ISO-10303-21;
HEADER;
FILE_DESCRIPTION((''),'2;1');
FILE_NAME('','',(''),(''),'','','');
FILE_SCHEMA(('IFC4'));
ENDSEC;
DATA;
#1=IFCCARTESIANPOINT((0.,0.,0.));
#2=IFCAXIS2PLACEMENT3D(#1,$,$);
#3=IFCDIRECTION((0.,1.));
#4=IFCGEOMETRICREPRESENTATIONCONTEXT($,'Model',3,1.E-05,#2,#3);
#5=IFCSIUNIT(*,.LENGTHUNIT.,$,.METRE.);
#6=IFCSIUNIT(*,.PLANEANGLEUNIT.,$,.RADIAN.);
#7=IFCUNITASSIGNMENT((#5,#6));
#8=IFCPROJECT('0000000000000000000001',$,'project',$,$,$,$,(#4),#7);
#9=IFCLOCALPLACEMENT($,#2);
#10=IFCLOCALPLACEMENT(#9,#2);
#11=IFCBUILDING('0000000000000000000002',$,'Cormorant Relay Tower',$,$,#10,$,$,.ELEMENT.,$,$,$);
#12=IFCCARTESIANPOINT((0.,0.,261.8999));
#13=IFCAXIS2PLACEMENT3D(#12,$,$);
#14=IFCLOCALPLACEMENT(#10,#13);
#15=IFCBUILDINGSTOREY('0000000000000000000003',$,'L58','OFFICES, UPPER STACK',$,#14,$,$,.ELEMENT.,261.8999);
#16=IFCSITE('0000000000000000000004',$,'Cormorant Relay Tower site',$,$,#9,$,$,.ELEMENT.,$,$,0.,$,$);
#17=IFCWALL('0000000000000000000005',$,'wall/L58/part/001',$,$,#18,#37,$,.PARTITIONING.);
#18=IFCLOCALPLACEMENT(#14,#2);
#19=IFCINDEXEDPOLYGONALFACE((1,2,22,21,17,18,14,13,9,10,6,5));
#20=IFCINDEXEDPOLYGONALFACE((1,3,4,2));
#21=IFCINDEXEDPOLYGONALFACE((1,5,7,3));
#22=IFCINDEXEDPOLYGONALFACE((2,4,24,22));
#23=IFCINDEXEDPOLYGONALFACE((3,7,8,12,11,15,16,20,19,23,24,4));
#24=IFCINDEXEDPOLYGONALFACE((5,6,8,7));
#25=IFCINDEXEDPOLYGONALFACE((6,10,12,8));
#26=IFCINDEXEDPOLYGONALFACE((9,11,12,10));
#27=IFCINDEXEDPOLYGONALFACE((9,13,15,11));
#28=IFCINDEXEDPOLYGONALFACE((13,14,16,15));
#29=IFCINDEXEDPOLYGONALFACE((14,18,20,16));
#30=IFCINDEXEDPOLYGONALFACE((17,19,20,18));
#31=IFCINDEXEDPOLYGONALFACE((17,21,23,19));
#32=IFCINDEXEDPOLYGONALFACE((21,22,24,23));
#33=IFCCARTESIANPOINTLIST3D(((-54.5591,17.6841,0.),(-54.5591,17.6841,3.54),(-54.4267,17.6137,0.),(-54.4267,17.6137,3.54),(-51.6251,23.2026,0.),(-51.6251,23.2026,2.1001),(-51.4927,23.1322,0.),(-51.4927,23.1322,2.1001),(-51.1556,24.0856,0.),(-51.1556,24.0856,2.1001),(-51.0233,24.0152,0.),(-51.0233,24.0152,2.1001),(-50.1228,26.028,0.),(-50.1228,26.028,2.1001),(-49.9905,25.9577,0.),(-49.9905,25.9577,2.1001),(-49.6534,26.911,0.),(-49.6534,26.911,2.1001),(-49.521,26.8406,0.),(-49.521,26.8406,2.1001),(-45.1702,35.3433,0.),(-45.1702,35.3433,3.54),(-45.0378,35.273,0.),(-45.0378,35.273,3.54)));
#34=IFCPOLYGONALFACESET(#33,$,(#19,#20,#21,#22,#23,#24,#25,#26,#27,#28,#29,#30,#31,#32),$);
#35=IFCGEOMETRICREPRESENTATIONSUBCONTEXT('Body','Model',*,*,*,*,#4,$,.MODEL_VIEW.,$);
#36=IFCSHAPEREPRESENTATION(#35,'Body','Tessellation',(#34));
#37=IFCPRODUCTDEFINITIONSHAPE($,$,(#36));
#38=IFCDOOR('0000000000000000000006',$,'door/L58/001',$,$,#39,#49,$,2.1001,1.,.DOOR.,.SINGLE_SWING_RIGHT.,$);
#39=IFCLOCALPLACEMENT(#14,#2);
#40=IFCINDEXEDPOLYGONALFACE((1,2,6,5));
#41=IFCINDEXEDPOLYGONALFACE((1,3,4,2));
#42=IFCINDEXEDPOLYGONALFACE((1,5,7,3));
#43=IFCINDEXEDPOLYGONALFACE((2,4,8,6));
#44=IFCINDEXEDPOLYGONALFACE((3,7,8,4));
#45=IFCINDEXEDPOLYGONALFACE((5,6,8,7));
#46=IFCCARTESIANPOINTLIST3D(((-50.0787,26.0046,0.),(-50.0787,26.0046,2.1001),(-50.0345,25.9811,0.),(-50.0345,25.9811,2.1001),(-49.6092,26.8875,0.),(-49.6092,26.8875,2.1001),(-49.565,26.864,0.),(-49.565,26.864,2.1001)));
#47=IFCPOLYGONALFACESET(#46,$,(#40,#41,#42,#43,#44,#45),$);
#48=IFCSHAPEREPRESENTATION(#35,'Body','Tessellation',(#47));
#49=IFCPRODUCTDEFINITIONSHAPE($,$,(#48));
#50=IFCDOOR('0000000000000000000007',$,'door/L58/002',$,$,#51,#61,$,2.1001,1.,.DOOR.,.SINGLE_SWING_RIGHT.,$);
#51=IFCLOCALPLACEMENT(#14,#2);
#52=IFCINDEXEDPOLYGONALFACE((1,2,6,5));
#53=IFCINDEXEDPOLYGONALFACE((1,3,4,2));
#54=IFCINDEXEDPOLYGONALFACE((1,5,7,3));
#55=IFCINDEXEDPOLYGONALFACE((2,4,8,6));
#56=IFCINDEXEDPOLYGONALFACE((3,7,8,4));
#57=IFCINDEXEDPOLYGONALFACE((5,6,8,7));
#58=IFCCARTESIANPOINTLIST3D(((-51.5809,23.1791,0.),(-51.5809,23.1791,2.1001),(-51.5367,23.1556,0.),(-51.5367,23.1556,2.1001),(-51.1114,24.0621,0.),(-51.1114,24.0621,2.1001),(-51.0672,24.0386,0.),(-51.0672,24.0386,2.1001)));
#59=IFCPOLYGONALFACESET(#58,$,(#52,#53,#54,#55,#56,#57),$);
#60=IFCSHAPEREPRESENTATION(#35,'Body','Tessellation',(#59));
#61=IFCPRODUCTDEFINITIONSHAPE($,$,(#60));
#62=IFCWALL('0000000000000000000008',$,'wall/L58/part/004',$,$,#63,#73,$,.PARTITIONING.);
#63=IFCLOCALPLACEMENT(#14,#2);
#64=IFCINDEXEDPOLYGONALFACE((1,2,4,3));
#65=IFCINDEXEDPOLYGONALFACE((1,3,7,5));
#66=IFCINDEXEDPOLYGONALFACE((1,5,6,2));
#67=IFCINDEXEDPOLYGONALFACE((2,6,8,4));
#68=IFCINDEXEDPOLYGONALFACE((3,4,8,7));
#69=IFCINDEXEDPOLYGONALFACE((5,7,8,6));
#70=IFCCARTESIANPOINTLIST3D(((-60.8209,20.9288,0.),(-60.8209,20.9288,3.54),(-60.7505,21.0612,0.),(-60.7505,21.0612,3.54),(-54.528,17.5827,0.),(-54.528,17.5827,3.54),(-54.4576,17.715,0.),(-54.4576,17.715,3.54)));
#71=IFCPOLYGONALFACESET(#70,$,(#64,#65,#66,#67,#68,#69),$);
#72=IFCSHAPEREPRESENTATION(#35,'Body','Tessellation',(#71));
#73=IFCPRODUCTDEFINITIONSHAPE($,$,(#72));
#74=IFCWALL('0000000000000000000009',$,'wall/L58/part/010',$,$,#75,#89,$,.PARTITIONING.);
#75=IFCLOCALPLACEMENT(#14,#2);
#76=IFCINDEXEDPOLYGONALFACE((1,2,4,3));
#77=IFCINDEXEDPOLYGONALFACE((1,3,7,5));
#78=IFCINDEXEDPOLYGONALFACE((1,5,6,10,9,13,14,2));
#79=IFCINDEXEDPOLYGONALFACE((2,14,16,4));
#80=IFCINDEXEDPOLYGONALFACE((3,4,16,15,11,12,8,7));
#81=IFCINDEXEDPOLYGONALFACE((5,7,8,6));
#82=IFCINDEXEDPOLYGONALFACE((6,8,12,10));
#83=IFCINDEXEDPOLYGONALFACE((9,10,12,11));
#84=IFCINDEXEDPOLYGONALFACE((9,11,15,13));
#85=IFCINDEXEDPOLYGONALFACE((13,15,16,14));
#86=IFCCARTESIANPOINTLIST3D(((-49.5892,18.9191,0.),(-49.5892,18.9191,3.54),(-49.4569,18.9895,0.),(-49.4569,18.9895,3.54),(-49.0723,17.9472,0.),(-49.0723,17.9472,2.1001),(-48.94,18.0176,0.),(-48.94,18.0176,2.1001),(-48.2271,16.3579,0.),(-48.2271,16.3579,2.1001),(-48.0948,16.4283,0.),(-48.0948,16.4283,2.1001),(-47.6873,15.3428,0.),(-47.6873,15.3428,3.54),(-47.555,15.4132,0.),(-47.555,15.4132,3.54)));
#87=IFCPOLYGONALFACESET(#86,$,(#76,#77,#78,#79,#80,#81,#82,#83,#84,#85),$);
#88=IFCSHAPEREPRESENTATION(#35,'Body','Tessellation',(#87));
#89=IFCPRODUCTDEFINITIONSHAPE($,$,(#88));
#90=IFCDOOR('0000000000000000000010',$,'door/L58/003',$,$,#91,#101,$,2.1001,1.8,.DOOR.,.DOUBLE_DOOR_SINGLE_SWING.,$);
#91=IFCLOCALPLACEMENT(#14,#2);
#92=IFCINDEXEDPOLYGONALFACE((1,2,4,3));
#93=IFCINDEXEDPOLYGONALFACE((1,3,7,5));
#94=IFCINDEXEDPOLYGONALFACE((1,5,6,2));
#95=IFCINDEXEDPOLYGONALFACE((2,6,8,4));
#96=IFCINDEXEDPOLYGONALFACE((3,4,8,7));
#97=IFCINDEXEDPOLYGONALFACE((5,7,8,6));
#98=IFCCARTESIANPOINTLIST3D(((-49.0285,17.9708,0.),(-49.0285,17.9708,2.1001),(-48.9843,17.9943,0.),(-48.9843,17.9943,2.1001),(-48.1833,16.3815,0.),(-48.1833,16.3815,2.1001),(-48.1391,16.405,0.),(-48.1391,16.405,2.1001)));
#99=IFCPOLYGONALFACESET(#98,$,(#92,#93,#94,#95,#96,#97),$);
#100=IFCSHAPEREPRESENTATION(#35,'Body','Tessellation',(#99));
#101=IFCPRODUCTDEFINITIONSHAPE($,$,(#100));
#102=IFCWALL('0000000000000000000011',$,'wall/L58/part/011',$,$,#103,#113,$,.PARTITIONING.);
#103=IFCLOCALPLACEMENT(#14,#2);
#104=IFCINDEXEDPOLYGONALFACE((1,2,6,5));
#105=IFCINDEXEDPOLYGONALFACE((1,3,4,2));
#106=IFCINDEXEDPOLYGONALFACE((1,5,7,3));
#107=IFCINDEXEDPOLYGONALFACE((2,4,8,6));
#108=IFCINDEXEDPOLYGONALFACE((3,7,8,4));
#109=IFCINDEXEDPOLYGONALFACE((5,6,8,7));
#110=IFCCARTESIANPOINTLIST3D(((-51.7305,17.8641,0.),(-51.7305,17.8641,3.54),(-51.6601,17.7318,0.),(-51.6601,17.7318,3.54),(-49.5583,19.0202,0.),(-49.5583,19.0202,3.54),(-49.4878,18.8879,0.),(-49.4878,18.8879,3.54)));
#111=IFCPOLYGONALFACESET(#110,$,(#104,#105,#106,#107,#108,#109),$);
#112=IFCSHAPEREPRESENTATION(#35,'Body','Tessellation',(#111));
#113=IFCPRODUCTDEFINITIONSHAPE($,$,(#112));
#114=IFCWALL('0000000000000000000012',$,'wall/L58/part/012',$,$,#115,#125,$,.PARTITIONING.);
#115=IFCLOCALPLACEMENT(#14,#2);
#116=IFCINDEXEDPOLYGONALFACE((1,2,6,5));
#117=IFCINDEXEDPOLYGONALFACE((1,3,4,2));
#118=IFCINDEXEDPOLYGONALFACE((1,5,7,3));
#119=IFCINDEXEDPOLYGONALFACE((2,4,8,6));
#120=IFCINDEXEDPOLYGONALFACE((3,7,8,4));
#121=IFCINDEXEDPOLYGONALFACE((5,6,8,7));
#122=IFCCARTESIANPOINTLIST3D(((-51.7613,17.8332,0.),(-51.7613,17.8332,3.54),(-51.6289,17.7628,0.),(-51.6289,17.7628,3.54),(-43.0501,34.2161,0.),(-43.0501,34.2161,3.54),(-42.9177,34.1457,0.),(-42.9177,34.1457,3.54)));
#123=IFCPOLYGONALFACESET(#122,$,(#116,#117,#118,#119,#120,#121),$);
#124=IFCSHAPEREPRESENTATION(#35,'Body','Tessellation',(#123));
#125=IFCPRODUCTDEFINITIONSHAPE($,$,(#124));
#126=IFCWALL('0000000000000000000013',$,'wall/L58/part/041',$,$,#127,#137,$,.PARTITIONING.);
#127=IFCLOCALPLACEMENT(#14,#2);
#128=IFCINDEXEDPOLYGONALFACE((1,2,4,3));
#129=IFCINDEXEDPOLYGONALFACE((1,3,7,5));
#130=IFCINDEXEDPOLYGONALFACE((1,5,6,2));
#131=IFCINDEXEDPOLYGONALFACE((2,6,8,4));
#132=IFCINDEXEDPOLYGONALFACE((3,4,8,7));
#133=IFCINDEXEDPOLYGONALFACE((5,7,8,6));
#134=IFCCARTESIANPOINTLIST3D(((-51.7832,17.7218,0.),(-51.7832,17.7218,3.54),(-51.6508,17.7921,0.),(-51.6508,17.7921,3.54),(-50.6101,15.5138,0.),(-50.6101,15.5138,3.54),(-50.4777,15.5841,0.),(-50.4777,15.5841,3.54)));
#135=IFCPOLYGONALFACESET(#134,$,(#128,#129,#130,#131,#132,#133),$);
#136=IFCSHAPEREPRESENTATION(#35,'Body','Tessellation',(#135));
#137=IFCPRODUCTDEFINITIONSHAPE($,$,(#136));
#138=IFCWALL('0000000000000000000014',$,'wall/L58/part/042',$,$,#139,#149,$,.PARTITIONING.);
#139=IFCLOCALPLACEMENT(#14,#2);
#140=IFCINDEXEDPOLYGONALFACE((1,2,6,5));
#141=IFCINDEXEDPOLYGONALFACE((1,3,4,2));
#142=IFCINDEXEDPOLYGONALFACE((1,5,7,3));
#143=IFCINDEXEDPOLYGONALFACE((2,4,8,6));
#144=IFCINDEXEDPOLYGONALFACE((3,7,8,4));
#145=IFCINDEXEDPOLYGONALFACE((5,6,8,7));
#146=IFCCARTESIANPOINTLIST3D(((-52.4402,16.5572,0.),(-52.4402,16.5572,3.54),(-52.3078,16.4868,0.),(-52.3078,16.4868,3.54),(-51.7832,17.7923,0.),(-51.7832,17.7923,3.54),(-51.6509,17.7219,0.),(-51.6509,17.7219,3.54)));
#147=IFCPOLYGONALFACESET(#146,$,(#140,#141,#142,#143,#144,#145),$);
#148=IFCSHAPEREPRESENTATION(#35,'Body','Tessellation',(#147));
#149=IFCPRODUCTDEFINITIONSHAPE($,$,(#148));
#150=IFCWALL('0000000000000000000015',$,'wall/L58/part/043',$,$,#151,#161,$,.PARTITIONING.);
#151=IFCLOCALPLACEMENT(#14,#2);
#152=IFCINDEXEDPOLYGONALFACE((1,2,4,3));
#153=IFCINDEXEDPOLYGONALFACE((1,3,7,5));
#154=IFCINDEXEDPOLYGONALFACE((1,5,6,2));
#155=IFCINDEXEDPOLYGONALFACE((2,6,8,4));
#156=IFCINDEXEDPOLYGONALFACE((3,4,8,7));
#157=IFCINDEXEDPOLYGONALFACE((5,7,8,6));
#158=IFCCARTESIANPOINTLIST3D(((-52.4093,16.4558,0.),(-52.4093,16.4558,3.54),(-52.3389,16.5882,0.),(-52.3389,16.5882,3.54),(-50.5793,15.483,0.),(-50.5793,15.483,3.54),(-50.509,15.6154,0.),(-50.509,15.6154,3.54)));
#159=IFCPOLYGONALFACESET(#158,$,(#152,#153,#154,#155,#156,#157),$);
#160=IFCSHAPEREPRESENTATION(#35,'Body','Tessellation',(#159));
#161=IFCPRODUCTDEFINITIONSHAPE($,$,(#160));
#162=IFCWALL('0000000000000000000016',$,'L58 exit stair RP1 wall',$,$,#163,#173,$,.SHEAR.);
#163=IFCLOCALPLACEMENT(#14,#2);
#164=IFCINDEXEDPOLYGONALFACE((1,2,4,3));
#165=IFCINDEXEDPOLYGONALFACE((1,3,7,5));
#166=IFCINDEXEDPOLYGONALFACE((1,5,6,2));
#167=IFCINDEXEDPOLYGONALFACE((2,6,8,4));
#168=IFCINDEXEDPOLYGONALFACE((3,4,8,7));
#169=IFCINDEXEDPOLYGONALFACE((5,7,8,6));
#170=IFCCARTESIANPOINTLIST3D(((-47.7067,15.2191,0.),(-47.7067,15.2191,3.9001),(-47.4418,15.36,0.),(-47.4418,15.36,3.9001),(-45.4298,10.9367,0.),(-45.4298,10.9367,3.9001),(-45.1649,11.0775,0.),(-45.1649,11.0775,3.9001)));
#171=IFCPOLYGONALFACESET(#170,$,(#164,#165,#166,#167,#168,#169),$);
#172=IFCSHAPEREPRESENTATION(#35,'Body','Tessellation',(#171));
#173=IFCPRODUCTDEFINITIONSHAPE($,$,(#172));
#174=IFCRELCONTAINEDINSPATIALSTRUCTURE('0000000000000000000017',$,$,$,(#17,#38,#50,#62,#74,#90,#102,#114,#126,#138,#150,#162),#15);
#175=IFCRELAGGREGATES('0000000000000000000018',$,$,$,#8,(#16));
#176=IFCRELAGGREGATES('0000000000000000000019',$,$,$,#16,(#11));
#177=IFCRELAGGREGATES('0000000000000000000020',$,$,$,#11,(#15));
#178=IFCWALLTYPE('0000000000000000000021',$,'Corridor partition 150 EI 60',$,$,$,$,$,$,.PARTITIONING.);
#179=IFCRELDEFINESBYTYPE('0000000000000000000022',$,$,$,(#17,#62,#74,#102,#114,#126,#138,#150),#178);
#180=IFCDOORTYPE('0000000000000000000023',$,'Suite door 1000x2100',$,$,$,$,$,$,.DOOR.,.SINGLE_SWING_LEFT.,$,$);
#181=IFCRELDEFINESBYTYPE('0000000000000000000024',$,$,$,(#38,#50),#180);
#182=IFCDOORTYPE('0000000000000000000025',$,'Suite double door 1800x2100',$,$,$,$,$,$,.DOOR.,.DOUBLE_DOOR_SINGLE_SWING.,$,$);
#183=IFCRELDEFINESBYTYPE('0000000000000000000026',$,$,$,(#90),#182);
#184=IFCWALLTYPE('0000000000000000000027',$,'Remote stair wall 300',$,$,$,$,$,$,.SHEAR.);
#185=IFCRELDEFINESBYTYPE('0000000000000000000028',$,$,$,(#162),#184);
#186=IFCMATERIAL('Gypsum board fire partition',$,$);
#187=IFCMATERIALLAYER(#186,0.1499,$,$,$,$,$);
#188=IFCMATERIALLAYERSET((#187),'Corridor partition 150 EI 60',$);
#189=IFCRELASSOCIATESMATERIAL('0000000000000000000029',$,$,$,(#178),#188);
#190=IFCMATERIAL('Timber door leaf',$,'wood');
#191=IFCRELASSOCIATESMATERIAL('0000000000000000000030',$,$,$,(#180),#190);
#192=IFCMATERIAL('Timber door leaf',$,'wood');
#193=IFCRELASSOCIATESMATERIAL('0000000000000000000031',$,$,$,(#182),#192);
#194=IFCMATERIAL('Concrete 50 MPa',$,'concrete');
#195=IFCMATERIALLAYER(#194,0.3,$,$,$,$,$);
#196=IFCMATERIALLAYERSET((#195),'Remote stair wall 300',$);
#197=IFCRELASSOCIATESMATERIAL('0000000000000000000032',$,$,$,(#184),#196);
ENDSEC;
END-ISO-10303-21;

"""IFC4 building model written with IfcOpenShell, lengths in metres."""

from ifc_helpers import new_model, si_unit, direction, frame, frame_2d, origin, place, context, subcontext, project, spatial, rectangle, extrude, material, layer, layer_set, type_object, element, fill, save


model = new_model("IFC4")

# Units and contexts
model_context = context("Model", 3, precision=1e-05, world=origin(), true_north=direction((0.0, 1.0)))
body_context = subcontext(model_context, "Body", "Model", "MODEL_VIEW")
ifc_project = project(units=[si_unit("LENGTHUNIT", "METRE"), si_unit("PLANEANGLEUNIT", "RADIAN")], contexts=[model_context])

# Site, building, storey
site_placement = place(None, origin())
site = spatial("IfcSite", under=ifc_project, at=site_placement, Name="Cormorant Relay Tower site", CompositionType="ELEMENT", RefElevation=0.0)
building_placement = place(site_placement, origin())
building = spatial("IfcBuilding", under=site, at=building_placement, Name="Cormorant Relay Tower", CompositionType="ELEMENT")
storey_placement = place(building_placement, frame((0.0, 0.0, 261.8999)))
storey = spatial("IfcBuildingStorey", under=building, at=storey_placement, Name="L58", Description="OFFICES, UPPER STACK", CompositionType="ELEMENT", Elevation=261.8999)

# Wall, openings, doors
ifc_material_1 = material(Name="Gypsum board fire partition")
ifc_layer_1 = layer(ifc_material_1, 0.1499)
ifc_layer_set_1 = layer_set([ifc_layer_1], Name="Corridor partition 150 EI 60")
wall_type_1 = type_object("IfcWallType", Name="Corridor partition 150 EI 60", PredefinedType="PARTITIONING", material=ifc_layer_set_1)
wall_1_placement = place(storey_placement, frame((-54.4929, 17.6489, 0.0), z_axis=(0.0, 0.0, 1.0), x_axis=(0.469447, 0.882961, 0.0)))
wall_1 = element("IfcWall", 1, at=wall_1_placement, inside=storey, type_object=wall_type_1, Name="wall/L58/part/001", PredefinedType="PARTITIONING", context=body_context, shape_type="SweptSolid", body=[
    extrude(rectangle(XDim=20.0, YDim=0.1499, at=frame_2d((10.0, 0.0))), origin(), (0.0, 0.0, 1.0), 3.54),
])
opening_1_placement = place(wall_1_placement, frame((9.45, 0.0, 0.0)))
opening_1 = element("IfcOpeningElement", 2, at=opening_1_placement, cuts=wall_1, PredefinedType="OPENING", context=body_context, shape_type="SweptSolid", body=[
    extrude(rectangle(XDim=1.0, YDim=2.1001, at=frame_2d((0.5, 1.05))), frame((0.0, 0.085, 0.0), z_axis=(0.0, -1.0, 0.0), x_axis=(1.0, 0.0, 0.0)), (0.0, 0.0, 1.0), 0.1699),
])
opening_2_placement = place(wall_1_placement, frame((6.25, 0.0, 0.0)))
opening_2 = element("IfcOpeningElement", 3, at=opening_2_placement, cuts=wall_1, PredefinedType="OPENING", context=body_context, shape_type="SweptSolid", body=[
    extrude(rectangle(XDim=1.0, YDim=2.1001, at=frame_2d((0.5, 1.05))), frame((0.0, 0.085, 0.0), z_axis=(0.0, -1.0, 0.0), x_axis=(1.0, 0.0, 0.0)), (0.0, 0.0, 1.0), 0.1699),
])
ifc_material_2 = material(Name="Timber door leaf", Category="wood")
door_type_1 = type_object("IfcDoorType", Name="Suite door 1000x2100", OperationType="SINGLE_SWING_LEFT", PredefinedType="DOOR", material=ifc_material_2)
door_1_placement = place(opening_1_placement, origin())
door_1 = element("IfcDoor", 4, at=door_1_placement, inside=storey, type_object=door_type_1, Name="door/L58/001", OperationType="SINGLE_SWING_RIGHT", OverallHeight=2.1001, OverallWidth=1.0, PredefinedType="DOOR", context=body_context, shape_type="SweptSolid", body=[
    extrude(rectangle(XDim=1.0, YDim=2.1001, at=frame_2d((0.5, 1.05))), frame((0.0, 0.0249, 0.0), z_axis=(0.0, -1.0, 0.0), x_axis=(1.0, 0.0, 0.0)), (0.0, 0.0, 1.0), 0.05),
])
fill(opening_1, door_1)
door_2_placement = place(opening_2_placement, origin())
door_2 = element("IfcDoor", 5, at=door_2_placement, inside=storey, type_object=door_type_1, Name="door/L58/002", OperationType="SINGLE_SWING_RIGHT", OverallHeight=2.1001, OverallWidth=1.0, PredefinedType="DOOR", context=body_context, shape_type="SweptSolid", body=[
    extrude(rectangle(XDim=1.0, YDim=2.1001, at=frame_2d((0.5, 1.05))), frame((0.0, 0.0249, 0.0), z_axis=(0.0, -1.0, 0.0), x_axis=(1.0, 0.0, 0.0)), (0.0, 0.0, 1.0), 0.05),
])
fill(opening_2, door_2)

# Wall
wall_2_placement = place(storey_placement, frame((-54.4929, 17.6489, 0.0), z_axis=(0.0, 0.0, 1.0), x_axis=(-0.882938, 0.469489, 0.0)))
element("IfcWall", 6, at=wall_2_placement, inside=storey, type_object=wall_type_1, Name="wall/L58/part/004", PredefinedType="PARTITIONING", context=body_context, shape_type="SweptSolid", body=[
    extrude(rectangle(XDim=7.1272, YDim=0.1499, at=frame_2d((3.5635, 0.0))), origin(), (0.0, 0.0, 1.0), 3.54),
])

# Wall, opening, door
wall_3_placement = place(storey_placement, frame((-47.6211, 15.3779, 0.0), z_axis=(0.0, 0.0, 1.0), x_axis=(-0.469543, 0.88291, 0.0)))
wall_3 = element("IfcWall", 7, at=wall_3_placement, inside=storey, type_object=wall_type_1, Name="wall/L58/part/010", PredefinedType="PARTITIONING", context=body_context, shape_type="SweptSolid", body=[
    extrude(rectangle(XDim=4.0505, YDim=0.1499, at=frame_2d((2.0254, 0.0))), origin(), (0.0, 0.0, 1.0), 3.54),
])
opening_3_placement = place(wall_3_placement, frame((1.1499, 0.0, 0.0)))
opening_3 = element("IfcOpeningElement", 8, at=opening_3_placement, cuts=wall_3, PredefinedType="OPENING", context=body_context, shape_type="SweptSolid", body=[
    extrude(rectangle(XDim=1.8, YDim=2.1001, at=frame_2d((0.8999, 1.05))), frame((0.0, 0.085, 0.0), z_axis=(0.0, -1.0, 0.0), x_axis=(1.0, 0.0, 0.0)), (0.0, 0.0, 1.0), 0.1699),
])
ifc_material_3 = material(Name="Timber door leaf", Category="wood")
door_type_2 = type_object("IfcDoorType", Name="Suite double door 1800x2100", OperationType="DOUBLE_DOOR_SINGLE_SWING", PredefinedType="DOOR", material=ifc_material_3)
door_3_placement = place(opening_3_placement, frame((1.8, 0.0, 0.0), z_axis=(0.0, 0.0, 1.0), x_axis=(-1.0, 0.0, 0.0)))
door_3 = element("IfcDoor", 9, at=door_3_placement, inside=storey, type_object=door_type_2, Name="door/L58/003", OperationType="DOUBLE_DOOR_SINGLE_SWING", OverallHeight=2.1001, OverallWidth=1.8, PredefinedType="DOOR", context=body_context, shape_type="SweptSolid", body=[
    extrude(rectangle(XDim=1.8, YDim=2.1001, at=frame_2d((0.8999, 1.05))), frame((0.0, 0.0249, 0.0), z_axis=(0.0, -1.0, 0.0), x_axis=(1.0, 0.0, 0.0)), (0.0, 0.0, 1.0), 0.05),
])
fill(opening_3, door_3)

# Walls
wall_4_placement = place(storey_placement, frame((-49.5229, 18.9541, 0.0), z_axis=(0.0, 0.0, 1.0), x_axis=(-0.882767, -0.46981, 0.0)))
element("IfcWall", 10, at=wall_4_placement, inside=storey, type_object=wall_type_1, Name="wall/L58/part/011", PredefinedType="PARTITIONING", context=body_context, shape_type="SweptSolid", body=[
    extrude(rectangle(XDim=2.4607, YDim=0.1499, at=frame_2d((1.2305, 0.0))), origin(), (0.0, 0.0, 1.0), 3.54),
])
wall_5_placement = place(storey_placement, frame((-51.6951, 17.7981, 0.0), z_axis=(0.0, 0.0, 1.0), x_axis=(0.469484, 0.882941, 0.0)))
element("IfcWall", 11, at=wall_5_placement, inside=storey, type_object=wall_type_1, Name="wall/L58/part/012", PredefinedType="PARTITIONING", context=body_context, shape_type="SweptSolid", body=[
    extrude(rectangle(XDim=18.5549, YDim=0.1499, at=frame_2d((9.2773, 0.0))), origin(), (0.0, 0.0, 1.0), 3.54),
])
wall_6_placement = place(storey_placement, frame((-50.5439, 15.5491, 0.0), z_axis=(0.0, 0.0, 1.0), x_axis=(-0.469184, 0.883101, 0.0)))
element("IfcWall", 12, at=wall_6_placement, inside=storey, type_object=wall_type_1, Name="wall/L58/part/041", PredefinedType="PARTITIONING", context=body_context, shape_type="SweptSolid", body=[
    extrude(rectangle(XDim=2.5002, YDim=0.1499, at=frame_2d((1.25, 0.0))), origin(), (0.0, 0.0, 1.0), 3.54),
])
wall_7_placement = place(storey_placement, frame((-51.717, 17.7571, 0.0), z_axis=(0.0, 0.0, 1.0), x_axis=(-0.469619, -0.882869, 0.0)))
element("IfcWall", 13, at=wall_7_placement, inside=storey, type_object=wall_type_1, Name="wall/L58/part/042", PredefinedType="PARTITIONING", context=body_context, shape_type="SweptSolid", body=[
    extrude(rectangle(XDim=1.3989, YDim=0.1499, at=frame_2d((0.6995, 0.0))), origin(), (0.0, 0.0, 1.0), 3.54),
])
wall_8_placement = place(storey_placement, frame((-52.374, 16.522, 0.0), z_axis=(0.0, 0.0, 1.0), x_axis=(0.882981, -0.469408, 0.0)))
element("IfcWall", 14, at=wall_8_placement, inside=storey, type_object=wall_type_1, Name="wall/L58/part/043", PredefinedType="PARTITIONING", context=body_context, shape_type="SweptSolid", body=[
    extrude(rectangle(XDim=2.0725, YDim=0.1499, at=frame_2d((1.0361, 0.0))), origin(), (0.0, 0.0, 1.0), 3.54),
])
ifc_material_4 = material(Name="Concrete 50 MPa", Category="concrete")
ifc_layer_2 = layer(ifc_material_4, 0.3)
ifc_layer_set_2 = layer_set([ifc_layer_2], Name="Remote stair wall 300")
wall_type_2 = type_object("IfcWallType", Name="Remote stair wall 300", PredefinedType="SHEAR", material=ifc_layer_set_2)
wall_9_placement = place(storey_placement, frame((-47.5742, 15.2896, 0.0), z_axis=(0.0, 0.0, 1.0), x_axis=(0.469443, -0.882963, 0.0)))
element("IfcWall", 15, at=wall_9_placement, inside=storey, type_object=wall_type_2, Name="L58 exit stair RP1 wall", PredefinedType="SHEAR", context=body_context, shape_type="SweptSolid", body=[
    extrude(rectangle(XDim=4.8501, YDim=0.3, at=frame_2d((2.425, 0.0))), origin(), (0.0, 0.0, 1.0), 3.9001),
])

save(model, "model.ifc")
